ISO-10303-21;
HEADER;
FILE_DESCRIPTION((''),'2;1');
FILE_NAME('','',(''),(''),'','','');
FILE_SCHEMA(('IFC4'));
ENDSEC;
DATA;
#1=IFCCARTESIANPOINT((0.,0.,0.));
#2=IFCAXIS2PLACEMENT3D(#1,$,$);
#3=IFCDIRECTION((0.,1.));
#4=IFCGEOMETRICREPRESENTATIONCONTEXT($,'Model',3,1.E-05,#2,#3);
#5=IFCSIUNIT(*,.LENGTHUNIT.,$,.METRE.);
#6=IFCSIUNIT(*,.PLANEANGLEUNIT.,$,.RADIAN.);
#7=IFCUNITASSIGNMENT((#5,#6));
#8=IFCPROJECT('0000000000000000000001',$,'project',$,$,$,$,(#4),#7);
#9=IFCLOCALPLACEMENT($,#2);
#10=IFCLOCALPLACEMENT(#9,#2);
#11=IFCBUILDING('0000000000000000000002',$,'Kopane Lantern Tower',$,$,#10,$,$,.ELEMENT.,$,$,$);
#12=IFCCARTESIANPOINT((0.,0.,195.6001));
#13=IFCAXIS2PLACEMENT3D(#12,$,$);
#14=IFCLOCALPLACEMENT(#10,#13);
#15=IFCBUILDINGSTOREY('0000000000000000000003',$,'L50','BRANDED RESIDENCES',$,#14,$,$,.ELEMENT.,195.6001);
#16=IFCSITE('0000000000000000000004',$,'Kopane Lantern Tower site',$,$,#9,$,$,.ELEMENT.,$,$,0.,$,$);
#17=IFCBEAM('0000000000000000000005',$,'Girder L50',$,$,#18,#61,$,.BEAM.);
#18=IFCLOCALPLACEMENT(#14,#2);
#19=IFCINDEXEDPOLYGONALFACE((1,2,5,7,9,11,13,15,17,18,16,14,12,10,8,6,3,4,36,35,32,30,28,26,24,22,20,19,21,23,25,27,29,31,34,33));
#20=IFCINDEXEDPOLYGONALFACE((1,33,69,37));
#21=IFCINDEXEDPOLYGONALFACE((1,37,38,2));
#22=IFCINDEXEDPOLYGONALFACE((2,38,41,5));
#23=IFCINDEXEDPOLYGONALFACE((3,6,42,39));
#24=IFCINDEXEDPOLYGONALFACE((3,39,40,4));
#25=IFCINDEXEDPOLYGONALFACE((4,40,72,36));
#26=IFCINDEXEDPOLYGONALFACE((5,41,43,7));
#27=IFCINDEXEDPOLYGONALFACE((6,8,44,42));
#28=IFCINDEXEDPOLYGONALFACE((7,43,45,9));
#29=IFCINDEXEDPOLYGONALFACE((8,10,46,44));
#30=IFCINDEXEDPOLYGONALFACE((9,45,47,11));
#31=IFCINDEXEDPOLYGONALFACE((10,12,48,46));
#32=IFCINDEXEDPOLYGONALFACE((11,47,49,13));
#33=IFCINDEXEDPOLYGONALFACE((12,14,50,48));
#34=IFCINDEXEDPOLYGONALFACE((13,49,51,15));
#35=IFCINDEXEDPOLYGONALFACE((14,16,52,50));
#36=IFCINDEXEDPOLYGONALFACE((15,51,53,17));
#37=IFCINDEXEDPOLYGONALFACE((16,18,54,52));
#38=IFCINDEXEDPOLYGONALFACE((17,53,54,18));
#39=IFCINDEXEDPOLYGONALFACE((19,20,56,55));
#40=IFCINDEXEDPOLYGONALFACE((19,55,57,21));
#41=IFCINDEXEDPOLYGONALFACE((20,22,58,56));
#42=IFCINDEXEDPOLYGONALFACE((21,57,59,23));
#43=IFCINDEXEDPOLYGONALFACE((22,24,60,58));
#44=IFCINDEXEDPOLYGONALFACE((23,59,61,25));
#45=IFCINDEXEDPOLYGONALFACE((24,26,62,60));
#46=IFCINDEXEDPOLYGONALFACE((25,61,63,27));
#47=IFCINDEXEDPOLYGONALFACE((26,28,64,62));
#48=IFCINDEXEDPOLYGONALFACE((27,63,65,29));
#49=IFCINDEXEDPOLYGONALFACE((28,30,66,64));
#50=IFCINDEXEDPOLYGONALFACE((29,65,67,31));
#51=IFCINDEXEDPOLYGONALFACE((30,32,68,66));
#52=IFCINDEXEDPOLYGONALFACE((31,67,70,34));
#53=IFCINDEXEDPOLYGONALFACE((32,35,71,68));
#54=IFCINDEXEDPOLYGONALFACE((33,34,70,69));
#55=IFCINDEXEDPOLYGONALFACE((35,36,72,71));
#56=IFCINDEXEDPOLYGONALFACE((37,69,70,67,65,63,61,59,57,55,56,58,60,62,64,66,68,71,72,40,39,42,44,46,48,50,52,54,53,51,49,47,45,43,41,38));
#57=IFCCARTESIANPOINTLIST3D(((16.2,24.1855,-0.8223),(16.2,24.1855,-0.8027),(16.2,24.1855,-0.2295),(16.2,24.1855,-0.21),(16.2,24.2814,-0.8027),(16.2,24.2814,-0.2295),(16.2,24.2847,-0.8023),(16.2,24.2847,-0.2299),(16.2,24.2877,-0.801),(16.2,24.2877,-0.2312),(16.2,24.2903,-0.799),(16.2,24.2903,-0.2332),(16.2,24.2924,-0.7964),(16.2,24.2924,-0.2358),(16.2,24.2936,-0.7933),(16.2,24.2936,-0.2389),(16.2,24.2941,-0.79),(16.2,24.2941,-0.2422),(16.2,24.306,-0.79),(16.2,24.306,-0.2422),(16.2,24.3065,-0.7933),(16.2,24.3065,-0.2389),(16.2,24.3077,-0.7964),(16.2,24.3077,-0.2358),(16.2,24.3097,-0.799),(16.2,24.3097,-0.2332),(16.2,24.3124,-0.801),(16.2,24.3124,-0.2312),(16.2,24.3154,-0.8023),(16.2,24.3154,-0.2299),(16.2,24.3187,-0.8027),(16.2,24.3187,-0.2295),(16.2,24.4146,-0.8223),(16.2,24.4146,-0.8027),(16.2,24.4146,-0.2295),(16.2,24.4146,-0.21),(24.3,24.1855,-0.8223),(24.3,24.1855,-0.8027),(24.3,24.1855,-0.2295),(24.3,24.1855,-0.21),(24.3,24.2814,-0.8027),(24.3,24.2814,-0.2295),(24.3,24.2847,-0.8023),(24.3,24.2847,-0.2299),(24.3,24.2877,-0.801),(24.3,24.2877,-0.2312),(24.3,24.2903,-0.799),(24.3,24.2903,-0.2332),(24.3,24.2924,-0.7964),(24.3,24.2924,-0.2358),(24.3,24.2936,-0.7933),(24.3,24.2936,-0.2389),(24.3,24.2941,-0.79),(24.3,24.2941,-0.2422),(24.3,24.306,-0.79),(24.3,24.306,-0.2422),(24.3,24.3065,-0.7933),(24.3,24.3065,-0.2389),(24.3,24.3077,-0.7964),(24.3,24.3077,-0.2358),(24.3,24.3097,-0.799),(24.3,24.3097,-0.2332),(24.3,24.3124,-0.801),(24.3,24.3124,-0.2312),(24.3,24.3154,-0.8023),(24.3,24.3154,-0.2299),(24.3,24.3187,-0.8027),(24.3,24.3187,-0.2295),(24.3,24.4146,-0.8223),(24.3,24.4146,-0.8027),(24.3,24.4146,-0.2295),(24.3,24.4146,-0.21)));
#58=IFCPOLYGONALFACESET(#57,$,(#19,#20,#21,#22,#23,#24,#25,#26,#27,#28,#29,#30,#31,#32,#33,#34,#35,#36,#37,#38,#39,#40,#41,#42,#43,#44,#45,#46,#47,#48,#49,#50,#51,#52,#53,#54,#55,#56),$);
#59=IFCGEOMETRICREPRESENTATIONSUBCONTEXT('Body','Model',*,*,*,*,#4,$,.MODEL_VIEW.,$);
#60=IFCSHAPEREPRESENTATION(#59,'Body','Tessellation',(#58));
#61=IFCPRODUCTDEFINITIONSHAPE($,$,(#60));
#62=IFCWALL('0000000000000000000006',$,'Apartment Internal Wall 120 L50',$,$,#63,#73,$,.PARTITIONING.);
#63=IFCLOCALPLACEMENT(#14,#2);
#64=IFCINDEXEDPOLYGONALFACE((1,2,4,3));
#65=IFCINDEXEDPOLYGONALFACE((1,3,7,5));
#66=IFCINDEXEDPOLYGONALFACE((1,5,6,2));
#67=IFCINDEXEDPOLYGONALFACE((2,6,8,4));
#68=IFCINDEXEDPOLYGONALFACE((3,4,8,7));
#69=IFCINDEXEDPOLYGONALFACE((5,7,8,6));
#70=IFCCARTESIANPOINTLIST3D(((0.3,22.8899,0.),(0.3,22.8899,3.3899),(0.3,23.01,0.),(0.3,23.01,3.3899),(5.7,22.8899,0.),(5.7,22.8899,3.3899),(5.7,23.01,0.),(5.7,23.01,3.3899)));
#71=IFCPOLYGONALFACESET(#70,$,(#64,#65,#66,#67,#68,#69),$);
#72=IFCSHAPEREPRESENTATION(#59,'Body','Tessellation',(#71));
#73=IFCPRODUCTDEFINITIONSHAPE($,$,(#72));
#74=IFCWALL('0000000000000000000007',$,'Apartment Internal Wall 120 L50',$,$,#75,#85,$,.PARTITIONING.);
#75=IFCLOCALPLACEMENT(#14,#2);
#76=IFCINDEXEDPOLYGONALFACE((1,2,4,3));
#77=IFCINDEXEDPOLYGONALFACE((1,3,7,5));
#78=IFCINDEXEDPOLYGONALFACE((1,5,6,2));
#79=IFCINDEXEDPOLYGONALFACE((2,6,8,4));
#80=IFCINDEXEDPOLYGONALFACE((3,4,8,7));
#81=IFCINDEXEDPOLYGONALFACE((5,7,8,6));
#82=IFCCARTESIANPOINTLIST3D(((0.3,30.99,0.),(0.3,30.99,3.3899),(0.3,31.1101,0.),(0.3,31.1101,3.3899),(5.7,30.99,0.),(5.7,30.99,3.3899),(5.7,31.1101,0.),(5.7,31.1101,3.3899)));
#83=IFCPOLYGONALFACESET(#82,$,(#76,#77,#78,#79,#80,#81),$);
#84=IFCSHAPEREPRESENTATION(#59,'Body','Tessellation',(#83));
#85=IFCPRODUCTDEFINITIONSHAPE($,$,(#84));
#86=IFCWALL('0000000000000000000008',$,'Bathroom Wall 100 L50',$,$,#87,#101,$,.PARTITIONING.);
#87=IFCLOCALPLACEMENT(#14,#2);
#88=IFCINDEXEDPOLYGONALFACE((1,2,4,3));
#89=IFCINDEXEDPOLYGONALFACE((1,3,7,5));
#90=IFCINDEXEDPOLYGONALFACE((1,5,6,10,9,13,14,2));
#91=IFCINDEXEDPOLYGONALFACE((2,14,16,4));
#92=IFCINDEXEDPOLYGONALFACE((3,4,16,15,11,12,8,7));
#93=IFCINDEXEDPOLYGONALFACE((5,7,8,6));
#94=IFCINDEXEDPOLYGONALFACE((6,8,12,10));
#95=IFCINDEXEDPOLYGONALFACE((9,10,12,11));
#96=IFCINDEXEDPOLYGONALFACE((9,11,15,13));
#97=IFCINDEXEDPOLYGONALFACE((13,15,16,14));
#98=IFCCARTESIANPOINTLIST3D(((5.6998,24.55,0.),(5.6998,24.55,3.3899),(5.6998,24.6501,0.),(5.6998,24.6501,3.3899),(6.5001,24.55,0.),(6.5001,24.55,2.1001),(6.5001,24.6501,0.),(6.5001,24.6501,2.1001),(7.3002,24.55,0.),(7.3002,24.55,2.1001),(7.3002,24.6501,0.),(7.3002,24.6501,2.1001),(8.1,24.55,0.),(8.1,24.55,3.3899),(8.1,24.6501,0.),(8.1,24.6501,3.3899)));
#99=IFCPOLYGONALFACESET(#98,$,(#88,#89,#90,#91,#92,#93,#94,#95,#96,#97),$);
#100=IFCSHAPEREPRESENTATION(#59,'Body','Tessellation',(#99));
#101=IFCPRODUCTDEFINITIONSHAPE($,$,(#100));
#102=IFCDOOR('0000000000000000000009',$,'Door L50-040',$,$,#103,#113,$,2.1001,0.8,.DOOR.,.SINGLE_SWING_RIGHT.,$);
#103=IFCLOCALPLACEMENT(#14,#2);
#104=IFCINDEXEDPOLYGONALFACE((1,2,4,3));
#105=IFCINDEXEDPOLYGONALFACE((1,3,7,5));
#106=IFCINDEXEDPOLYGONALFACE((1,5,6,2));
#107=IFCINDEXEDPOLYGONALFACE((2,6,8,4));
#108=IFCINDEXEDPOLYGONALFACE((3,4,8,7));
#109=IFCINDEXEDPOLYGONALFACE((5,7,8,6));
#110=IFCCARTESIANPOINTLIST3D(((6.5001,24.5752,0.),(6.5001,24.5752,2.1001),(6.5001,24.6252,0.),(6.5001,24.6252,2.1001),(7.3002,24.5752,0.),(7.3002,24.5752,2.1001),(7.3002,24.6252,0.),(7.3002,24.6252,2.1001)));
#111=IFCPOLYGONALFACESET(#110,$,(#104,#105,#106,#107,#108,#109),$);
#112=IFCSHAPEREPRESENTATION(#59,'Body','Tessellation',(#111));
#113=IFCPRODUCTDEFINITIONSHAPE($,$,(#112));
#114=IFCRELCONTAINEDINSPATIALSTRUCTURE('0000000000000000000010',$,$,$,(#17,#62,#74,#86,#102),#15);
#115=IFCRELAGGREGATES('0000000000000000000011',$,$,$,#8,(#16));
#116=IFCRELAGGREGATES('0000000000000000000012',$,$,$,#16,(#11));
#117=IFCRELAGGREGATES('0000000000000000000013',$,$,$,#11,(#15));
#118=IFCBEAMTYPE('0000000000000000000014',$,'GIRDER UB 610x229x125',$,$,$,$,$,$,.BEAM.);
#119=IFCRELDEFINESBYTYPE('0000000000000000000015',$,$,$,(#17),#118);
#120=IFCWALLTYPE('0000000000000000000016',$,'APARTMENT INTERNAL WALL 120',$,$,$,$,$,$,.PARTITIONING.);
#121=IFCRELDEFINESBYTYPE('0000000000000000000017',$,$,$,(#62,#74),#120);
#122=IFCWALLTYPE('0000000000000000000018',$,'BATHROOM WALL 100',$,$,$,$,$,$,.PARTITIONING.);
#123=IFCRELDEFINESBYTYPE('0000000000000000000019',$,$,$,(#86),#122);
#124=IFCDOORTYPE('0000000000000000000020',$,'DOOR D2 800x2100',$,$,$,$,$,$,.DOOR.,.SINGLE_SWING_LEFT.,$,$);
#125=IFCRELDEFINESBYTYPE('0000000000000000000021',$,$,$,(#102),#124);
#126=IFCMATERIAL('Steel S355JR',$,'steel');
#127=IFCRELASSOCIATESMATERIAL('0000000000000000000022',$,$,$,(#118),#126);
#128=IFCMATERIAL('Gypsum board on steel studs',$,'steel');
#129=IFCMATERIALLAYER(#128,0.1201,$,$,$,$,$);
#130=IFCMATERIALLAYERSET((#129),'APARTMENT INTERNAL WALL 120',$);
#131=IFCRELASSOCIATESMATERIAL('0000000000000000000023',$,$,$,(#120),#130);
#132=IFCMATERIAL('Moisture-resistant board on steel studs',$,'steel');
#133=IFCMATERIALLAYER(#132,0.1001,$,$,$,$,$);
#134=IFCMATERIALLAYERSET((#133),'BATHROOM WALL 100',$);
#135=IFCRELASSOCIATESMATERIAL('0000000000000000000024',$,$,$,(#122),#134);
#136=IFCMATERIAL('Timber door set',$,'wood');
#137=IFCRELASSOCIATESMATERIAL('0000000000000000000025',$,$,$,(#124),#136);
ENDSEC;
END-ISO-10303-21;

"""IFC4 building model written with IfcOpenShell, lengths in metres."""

from ifc_helpers import new_model, si_unit, direction, frame, frame_2d, origin, origin_2d, place, context, subcontext, project, spatial, rectangle, i_section, extrude, material, layer, layer_set, material_profile, profile_set, type_object, element, fill, save


model = new_model("IFC4")

# Units and contexts
model_context = context("Model", 3, precision=1e-05, world=origin(), true_north=direction((0.0, 1.0)))
body_context = subcontext(model_context, "Body", "Model", "MODEL_VIEW")
ifc_project = project(units=[si_unit("LENGTHUNIT", "METRE"), si_unit("PLANEANGLEUNIT", "RADIAN")], contexts=[model_context])

# Site, building, storey
site_placement = place(None, origin())
site = spatial("IfcSite", under=ifc_project, at=site_placement, Name="Kopane Lantern Tower site", CompositionType="ELEMENT", RefElevation=0.0)
building_placement = place(site_placement, origin())
building = spatial("IfcBuilding", under=site, at=building_placement, Name="Kopane Lantern Tower", CompositionType="ELEMENT")
storey_placement = place(building_placement, frame((0.0, 0.0, 195.6001)))
storey = spatial("IfcBuildingStorey", under=building, at=storey_placement, Name="L50", Description="BRANDED RESIDENCES", CompositionType="ELEMENT", Elevation=195.6001)

# Beam
ifc_material_1 = material(Name="Steel S355JR", Category="steel")
ifc_material_profile_1 = material_profile(ifc_material_1, i_section(OverallWidth=0.229, OverallDepth=0.6123, WebThickness=0.012, FlangeThickness=0.0195, FilletRadius=0.0127, at=origin_2d()), Name="UB 610x229x125")
ifc_profile_set_1 = profile_set([ifc_material_profile_1], Name="Steel S355JR")
beam_type = type_object("IfcBeamType", Name="GIRDER UB 610x229x125", PredefinedType="BEAM", material=ifc_profile_set_1)
beam_placement = place(storey_placement, frame((16.2, 24.3, -0.5161), z_axis=(1.0, 0.0, 0.0), x_axis=(0.0, 1.0, 0.0)))
element("IfcBeam", 1, at=beam_placement, inside=storey, type_object=beam_type, Name="Girder L50", PredefinedType="BEAM", context=body_context, shape_type="SweptSolid", body=[
    extrude(i_section(OverallWidth=0.229, OverallDepth=0.6123, WebThickness=0.012, FlangeThickness=0.0195, FilletRadius=0.0127, at=origin_2d()), origin(), (0.0, 0.0, 1.0), 8.1001),
])

# Walls
ifc_material_2 = material(Name="Gypsum board on steel studs", Category="steel")
ifc_layer_1 = layer(ifc_material_2, 0.1201)
ifc_layer_set_1 = layer_set([ifc_layer_1], Name="APARTMENT INTERNAL WALL 120")
wall_type_1 = type_object("IfcWallType", Name="APARTMENT INTERNAL WALL 120", PredefinedType="PARTITIONING", material=ifc_layer_set_1)
for number, where, z_axis, x_axis, name in (
    (2, (5.7, 22.95, 0.0), (0.0, 0.0, 1.0), (-1.0, 0.0, 0.0), "Apartment Internal Wall 120 L50"),
    (3, (5.7, 31.05, 0.0), (0.0, 0.0, 1.0), (-1.0, 0.0, 0.0), "Apartment Internal Wall 120 L50"),
):
    element("IfcWall", number, at=place(storey_placement, frame(where, z_axis=z_axis, x_axis=x_axis)), inside=storey, type_object=wall_type_1, Name=name, PredefinedType="PARTITIONING", context=body_context, shape_type="SweptSolid", body=[
        extrude(rectangle(XDim=5.3999, YDim=0.1201, at=frame_2d((2.7, 0.0))), origin(), (0.0, 0.0, 1.0), 3.3899),
    ])

# Wall, opening, door
ifc_material_3 = material(Name="Moisture-resistant board on steel studs", Category="steel")
ifc_layer_2 = layer(ifc_material_3, 0.1001)
ifc_layer_set_2 = layer_set([ifc_layer_2], Name="BATHROOM WALL 100")
wall_type_2 = type_object("IfcWallType", Name="BATHROOM WALL 100", PredefinedType="PARTITIONING", material=ifc_layer_set_2)
wall_1_placement = place(storey_placement, frame((8.1001, 24.6001, 0.0), z_axis=(0.0, 0.0, 1.0), x_axis=(-1.0, 0.0, 0.0)))
wall_1 = element("IfcWall", 4, at=wall_1_placement, inside=storey, type_object=wall_type_2, Name="Bathroom Wall 100 L50", PredefinedType="PARTITIONING", context=body_context, shape_type="SweptSolid", body=[
    extrude(rectangle(XDim=2.4001, YDim=0.1001, at=frame_2d((1.2002, 0.0))), origin(), (0.0, 0.0, 1.0), 3.3899),
])
opening_1_placement = place(wall_1_placement, frame((0.8, 0.0, 0.0)))
opening_1 = element("IfcOpeningElement", 5, at=opening_1_placement, cuts=wall_1, PredefinedType="OPENING", context=body_context, shape_type="SweptSolid", body=[
    extrude(rectangle(XDim=0.8, YDim=2.1001, at=frame_2d((0.3999, 1.05))), frame((0.0, 0.0601, 0.0), z_axis=(0.0, -1.0, 0.0), x_axis=(1.0, 0.0, 0.0)), (0.0, 0.0, 1.0), 0.1201),
])
ifc_material_4 = material(Name="Timber door set", Category="wood")
door_type_1 = type_object("IfcDoorType", Name="DOOR D2 800x2100", OperationType="SINGLE_SWING_LEFT", PredefinedType="DOOR", material=ifc_material_4)
door_1_placement = place(opening_1_placement, origin())
door_1 = element("IfcDoor", 6, at=door_1_placement, inside=storey, type_object=door_type_1, Name="Door L50-040", OperationType="SINGLE_SWING_RIGHT", OverallHeight=2.1001, OverallWidth=0.8, PredefinedType="DOOR", context=body_context, shape_type="SweptSolid", body=[
    extrude(rectangle(XDim=0.8, YDim=2.1001, at=frame_2d((0.3999, 1.05))), frame((0.0, 0.0249, 0.0), z_axis=(0.0, -1.0, 0.0), x_axis=(1.0, 0.0, 0.0)), (0.0, 0.0, 1.0), 0.05),
])
fill(opening_1, door_1)

save(model, "model.ifc")
